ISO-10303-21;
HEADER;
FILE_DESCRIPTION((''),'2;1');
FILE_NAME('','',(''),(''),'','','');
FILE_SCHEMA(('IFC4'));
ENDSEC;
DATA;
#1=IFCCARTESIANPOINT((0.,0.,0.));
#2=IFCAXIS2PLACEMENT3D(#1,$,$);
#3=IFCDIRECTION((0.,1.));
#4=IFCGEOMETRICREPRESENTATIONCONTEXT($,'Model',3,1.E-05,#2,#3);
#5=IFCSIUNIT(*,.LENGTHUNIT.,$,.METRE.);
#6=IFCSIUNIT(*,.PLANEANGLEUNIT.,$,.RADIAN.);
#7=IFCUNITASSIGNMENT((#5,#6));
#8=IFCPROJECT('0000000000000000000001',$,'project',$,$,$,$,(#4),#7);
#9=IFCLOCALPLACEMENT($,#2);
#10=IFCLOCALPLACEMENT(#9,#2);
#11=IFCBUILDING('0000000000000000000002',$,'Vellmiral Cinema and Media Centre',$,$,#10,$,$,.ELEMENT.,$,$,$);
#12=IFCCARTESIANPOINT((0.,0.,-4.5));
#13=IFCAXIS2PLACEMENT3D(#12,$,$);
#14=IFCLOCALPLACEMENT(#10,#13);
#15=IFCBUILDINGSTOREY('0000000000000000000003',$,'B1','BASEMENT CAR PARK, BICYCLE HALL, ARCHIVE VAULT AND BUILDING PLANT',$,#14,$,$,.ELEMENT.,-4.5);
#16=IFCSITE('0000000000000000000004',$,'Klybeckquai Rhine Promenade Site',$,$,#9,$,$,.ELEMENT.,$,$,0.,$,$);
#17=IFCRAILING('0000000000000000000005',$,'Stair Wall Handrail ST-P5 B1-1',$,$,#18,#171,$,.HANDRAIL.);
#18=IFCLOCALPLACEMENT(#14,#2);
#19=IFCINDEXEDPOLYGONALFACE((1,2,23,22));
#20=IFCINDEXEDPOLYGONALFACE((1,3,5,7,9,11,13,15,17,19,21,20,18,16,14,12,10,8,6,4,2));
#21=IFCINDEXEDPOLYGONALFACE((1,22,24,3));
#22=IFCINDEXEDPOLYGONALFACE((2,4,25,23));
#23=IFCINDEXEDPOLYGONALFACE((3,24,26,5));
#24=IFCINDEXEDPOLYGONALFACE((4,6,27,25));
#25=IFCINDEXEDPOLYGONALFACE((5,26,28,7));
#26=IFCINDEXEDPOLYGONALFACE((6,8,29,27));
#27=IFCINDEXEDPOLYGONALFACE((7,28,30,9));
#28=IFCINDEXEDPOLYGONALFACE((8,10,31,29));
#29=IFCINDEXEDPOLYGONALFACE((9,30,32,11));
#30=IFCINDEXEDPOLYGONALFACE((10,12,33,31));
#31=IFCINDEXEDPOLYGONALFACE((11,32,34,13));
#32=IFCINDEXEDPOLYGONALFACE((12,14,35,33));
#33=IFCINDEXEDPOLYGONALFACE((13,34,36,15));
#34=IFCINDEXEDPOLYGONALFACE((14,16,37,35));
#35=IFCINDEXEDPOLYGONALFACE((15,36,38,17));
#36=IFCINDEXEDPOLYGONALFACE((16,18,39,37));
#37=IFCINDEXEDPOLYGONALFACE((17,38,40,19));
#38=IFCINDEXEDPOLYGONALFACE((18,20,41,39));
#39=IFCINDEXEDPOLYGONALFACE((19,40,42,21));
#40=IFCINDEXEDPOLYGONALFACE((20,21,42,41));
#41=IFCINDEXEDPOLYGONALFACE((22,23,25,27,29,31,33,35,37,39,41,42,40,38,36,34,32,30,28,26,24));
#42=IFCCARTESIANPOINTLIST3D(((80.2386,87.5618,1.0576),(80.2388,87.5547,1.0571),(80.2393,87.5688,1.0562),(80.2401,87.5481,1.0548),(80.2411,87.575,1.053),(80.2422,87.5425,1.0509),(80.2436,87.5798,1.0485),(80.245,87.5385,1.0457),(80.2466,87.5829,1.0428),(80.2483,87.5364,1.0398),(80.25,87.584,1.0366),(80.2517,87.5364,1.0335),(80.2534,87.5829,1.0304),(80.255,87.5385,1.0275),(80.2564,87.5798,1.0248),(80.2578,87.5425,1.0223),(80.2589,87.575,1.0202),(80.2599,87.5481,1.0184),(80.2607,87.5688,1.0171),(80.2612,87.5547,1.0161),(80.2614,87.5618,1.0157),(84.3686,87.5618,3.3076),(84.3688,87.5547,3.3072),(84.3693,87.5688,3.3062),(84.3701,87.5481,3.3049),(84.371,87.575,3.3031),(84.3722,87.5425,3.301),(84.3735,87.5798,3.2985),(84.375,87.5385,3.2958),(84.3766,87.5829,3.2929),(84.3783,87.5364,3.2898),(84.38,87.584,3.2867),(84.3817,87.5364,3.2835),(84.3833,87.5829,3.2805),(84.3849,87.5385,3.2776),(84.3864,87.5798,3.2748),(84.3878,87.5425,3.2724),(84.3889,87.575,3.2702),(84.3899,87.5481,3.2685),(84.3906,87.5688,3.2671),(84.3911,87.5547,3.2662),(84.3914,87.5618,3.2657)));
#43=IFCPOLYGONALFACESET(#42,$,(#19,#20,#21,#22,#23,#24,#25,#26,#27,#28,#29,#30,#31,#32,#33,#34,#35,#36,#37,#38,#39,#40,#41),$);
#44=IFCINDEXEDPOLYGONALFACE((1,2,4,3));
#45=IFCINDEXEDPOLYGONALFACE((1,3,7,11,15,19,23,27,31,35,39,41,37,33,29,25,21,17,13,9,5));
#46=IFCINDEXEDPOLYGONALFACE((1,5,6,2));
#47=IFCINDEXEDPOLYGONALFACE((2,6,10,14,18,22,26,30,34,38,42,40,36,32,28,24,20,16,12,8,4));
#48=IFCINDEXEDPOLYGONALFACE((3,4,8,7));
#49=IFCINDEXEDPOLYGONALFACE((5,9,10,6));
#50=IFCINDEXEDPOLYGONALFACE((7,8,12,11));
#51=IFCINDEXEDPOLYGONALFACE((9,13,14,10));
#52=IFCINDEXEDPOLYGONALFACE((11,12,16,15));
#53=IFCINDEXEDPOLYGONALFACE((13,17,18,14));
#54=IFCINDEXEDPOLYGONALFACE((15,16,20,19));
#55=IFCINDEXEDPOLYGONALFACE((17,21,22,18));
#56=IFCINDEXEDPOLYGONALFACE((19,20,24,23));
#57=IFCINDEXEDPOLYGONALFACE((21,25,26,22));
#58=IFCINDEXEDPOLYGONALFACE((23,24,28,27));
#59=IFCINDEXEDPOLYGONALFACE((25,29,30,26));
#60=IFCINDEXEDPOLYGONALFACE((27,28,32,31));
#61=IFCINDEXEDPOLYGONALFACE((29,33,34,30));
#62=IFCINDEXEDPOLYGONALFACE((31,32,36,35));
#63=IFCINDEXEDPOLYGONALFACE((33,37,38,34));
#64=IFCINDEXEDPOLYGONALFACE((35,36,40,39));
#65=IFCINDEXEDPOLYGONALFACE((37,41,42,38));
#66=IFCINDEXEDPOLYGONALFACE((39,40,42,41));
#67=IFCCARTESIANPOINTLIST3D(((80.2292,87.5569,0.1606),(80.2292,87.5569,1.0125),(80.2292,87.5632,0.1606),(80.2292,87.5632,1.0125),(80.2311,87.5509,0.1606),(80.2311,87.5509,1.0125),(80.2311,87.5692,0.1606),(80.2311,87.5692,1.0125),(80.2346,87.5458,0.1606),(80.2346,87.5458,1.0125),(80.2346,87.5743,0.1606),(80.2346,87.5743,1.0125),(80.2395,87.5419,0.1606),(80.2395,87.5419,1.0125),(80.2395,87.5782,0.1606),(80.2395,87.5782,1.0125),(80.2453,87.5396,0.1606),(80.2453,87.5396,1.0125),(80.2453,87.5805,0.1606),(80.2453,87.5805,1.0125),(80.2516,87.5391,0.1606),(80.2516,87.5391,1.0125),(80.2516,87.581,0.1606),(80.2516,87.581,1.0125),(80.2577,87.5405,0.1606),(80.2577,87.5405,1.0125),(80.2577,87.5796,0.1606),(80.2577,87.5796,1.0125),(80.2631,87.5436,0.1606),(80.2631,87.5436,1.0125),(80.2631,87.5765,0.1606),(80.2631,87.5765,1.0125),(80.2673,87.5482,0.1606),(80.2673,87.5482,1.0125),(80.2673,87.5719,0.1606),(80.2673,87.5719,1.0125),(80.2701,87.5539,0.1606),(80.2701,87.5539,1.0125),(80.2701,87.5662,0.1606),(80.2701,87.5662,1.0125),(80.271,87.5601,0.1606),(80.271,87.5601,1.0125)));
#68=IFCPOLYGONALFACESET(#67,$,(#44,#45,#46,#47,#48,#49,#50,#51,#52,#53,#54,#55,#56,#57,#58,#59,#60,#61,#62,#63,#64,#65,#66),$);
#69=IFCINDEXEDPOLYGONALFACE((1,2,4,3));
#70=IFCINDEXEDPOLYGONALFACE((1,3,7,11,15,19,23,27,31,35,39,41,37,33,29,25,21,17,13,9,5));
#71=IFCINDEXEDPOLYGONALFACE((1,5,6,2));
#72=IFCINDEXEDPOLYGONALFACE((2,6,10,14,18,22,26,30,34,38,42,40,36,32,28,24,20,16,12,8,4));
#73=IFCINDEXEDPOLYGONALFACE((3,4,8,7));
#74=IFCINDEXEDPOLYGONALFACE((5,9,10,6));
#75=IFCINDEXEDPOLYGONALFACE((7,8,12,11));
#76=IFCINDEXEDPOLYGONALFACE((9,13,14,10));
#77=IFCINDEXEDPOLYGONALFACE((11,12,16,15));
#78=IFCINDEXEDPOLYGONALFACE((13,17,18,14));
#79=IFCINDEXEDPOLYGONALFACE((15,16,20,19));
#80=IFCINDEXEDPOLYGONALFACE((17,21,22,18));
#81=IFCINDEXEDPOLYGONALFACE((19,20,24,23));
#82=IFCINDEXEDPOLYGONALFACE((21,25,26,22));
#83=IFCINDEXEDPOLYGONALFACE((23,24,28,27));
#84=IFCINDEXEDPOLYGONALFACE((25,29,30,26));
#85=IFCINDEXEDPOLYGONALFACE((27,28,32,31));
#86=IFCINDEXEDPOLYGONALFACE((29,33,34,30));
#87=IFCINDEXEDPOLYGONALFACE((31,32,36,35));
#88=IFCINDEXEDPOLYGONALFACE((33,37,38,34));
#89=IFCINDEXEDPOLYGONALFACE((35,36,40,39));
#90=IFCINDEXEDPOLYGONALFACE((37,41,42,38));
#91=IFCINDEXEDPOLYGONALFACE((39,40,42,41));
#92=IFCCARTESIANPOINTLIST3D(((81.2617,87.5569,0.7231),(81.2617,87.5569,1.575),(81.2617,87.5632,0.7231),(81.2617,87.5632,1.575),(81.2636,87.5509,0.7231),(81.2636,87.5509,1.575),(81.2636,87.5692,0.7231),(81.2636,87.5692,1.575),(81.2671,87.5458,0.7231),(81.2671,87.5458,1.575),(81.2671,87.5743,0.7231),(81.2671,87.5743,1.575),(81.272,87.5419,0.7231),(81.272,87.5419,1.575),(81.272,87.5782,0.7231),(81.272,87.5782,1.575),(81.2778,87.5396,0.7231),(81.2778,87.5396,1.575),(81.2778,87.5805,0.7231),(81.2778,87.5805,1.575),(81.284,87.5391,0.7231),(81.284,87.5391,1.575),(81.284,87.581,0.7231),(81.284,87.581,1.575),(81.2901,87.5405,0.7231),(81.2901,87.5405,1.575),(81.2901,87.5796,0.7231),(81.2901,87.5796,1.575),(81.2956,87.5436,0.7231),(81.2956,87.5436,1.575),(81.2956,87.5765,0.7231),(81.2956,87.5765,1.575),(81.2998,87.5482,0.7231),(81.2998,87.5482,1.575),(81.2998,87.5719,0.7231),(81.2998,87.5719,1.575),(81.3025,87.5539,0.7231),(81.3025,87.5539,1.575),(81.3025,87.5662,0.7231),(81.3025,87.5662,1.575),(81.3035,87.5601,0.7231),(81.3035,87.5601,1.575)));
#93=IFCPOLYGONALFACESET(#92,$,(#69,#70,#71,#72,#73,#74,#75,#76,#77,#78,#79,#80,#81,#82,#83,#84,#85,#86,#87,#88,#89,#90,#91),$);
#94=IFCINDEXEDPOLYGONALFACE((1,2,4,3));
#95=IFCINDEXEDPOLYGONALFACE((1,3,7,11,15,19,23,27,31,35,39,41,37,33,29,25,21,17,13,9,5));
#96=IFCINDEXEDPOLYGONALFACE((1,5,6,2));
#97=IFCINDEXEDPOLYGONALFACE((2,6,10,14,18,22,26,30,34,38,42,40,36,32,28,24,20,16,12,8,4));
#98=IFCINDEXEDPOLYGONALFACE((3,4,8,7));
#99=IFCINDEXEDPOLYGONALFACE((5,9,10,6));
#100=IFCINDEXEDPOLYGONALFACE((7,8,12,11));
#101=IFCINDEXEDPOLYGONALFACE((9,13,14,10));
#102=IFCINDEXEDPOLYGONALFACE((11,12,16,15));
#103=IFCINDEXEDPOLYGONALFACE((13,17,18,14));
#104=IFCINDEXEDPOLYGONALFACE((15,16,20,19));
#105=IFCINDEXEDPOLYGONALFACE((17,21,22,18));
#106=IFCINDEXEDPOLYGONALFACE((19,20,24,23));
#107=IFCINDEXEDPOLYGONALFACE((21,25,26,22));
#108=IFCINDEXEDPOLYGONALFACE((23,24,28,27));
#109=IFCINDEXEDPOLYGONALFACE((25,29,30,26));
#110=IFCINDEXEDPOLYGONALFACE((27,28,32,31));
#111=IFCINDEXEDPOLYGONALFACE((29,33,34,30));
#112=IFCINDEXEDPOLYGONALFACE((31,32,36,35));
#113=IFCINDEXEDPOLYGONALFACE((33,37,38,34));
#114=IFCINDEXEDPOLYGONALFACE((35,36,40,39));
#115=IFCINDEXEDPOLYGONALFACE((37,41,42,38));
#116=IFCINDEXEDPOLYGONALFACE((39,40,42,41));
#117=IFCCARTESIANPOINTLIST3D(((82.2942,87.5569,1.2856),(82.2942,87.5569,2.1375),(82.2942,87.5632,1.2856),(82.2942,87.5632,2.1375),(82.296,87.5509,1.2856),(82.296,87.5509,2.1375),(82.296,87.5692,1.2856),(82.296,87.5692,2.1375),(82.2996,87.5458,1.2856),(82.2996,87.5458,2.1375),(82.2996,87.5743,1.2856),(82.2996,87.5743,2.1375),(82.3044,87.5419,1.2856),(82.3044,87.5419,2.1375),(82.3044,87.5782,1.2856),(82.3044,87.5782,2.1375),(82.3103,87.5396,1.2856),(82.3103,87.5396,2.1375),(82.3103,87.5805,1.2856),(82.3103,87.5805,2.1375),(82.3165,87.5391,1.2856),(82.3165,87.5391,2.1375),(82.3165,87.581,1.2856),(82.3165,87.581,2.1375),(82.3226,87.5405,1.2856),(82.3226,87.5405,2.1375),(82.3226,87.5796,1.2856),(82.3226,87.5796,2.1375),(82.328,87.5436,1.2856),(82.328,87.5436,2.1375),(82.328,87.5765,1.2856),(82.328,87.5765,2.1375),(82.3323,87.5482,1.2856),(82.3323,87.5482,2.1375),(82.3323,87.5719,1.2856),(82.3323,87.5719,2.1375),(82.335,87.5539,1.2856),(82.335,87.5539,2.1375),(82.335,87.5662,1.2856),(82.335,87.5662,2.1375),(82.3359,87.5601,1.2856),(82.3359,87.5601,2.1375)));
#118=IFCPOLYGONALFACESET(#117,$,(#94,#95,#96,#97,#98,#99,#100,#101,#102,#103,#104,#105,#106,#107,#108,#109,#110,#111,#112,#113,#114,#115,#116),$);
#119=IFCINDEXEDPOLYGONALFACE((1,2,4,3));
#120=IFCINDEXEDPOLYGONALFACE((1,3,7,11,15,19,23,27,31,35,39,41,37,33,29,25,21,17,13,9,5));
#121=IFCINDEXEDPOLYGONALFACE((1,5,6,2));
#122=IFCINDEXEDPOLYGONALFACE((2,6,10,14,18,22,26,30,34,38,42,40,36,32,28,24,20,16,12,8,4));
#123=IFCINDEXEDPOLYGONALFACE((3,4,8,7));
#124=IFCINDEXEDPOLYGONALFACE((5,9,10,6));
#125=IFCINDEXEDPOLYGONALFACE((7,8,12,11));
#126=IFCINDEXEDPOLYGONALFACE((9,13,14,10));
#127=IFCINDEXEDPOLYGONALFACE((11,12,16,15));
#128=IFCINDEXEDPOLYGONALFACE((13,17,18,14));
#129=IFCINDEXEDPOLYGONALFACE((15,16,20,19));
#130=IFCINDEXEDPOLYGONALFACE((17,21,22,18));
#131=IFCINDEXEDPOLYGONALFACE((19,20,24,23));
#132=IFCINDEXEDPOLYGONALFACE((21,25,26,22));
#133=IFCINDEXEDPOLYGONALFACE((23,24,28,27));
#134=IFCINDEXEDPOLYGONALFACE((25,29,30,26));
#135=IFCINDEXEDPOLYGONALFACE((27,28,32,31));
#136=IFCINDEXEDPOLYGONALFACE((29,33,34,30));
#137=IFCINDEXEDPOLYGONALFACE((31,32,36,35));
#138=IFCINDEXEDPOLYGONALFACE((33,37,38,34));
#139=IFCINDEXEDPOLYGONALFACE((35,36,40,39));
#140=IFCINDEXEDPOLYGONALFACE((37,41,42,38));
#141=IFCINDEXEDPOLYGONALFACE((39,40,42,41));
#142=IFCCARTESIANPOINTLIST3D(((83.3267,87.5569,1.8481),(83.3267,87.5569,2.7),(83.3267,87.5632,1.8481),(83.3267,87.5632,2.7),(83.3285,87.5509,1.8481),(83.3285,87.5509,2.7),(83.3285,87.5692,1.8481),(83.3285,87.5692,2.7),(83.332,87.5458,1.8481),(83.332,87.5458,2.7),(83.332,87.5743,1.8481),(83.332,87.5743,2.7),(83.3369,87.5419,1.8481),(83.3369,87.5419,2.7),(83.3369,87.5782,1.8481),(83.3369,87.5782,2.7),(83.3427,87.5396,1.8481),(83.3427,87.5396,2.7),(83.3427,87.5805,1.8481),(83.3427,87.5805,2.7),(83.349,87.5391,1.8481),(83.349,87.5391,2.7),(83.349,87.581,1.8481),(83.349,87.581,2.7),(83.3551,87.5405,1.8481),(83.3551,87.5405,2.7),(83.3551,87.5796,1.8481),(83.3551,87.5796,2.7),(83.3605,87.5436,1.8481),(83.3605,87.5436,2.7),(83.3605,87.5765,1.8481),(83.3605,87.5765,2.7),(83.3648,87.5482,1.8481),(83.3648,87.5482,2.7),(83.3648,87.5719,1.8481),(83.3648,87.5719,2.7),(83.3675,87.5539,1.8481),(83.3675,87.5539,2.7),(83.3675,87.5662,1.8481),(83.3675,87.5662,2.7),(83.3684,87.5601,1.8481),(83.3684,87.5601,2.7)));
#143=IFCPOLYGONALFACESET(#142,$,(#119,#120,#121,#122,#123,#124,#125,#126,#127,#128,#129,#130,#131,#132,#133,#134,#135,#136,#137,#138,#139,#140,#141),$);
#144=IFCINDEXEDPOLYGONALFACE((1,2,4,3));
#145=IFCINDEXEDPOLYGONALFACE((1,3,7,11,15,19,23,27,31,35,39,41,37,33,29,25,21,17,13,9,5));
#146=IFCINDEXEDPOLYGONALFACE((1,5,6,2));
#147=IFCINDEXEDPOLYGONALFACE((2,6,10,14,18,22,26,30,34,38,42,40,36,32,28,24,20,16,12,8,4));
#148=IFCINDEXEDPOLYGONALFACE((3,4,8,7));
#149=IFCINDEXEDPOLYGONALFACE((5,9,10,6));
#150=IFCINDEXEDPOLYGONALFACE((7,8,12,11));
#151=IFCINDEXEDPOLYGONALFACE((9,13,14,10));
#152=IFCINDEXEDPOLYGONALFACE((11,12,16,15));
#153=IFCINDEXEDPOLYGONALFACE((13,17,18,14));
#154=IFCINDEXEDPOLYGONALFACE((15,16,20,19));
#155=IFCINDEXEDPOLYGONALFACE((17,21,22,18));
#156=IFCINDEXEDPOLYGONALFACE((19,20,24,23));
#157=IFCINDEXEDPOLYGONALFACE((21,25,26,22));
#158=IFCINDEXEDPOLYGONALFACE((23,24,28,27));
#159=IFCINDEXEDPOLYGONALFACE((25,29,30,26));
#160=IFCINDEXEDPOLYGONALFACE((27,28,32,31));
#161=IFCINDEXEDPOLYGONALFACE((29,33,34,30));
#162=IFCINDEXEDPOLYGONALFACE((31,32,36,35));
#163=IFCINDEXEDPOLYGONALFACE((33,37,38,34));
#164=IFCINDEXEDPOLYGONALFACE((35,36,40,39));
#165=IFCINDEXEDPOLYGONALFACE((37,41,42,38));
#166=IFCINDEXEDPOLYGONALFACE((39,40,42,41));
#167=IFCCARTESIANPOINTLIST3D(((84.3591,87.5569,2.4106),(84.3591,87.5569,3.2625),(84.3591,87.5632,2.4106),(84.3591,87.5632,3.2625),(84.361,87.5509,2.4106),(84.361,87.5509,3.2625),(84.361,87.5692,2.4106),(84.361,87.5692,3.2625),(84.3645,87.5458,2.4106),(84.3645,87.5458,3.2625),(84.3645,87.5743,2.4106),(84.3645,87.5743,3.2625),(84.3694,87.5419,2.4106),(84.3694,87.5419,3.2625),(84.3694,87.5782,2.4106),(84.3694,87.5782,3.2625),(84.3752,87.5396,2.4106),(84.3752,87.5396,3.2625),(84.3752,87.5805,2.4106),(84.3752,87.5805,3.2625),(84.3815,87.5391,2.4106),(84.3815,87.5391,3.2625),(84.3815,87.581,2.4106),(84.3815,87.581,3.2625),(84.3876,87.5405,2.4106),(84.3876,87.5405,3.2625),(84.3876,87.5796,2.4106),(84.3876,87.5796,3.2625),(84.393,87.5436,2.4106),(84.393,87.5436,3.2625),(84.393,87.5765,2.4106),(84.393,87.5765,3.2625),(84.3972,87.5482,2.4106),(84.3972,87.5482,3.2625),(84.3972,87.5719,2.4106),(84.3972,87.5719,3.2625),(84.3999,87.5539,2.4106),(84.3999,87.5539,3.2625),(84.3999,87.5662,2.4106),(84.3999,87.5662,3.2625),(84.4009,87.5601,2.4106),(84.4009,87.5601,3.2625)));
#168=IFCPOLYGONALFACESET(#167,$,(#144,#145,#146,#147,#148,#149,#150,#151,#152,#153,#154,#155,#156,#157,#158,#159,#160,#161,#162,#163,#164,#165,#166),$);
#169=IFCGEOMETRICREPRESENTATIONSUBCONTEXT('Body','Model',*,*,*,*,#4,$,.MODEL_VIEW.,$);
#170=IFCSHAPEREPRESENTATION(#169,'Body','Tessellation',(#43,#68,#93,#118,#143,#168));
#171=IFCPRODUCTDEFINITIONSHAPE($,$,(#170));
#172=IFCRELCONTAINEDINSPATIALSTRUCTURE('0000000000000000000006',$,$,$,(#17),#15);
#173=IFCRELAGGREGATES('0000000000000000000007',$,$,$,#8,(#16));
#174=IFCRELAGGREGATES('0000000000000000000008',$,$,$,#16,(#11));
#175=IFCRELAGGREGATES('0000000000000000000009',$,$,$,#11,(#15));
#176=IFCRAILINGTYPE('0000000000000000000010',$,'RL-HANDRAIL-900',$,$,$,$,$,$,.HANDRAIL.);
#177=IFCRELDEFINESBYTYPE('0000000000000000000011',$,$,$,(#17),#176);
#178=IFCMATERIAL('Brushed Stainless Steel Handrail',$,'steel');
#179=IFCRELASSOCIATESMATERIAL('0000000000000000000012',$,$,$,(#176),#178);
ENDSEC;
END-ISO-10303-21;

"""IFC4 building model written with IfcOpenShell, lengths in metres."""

from ifc_helpers import new_model, si_unit, direction, frame, origin, origin_2d, place, context, subcontext, project, spatial, circle, extrude, material, type_object, element, save


model = new_model("IFC4")

# Units and contexts
model_context = context("Model", 3, precision=1e-05, world=origin(), true_north=direction((0.0, 1.0)))
body_context = subcontext(model_context, "Body", "Model", "MODEL_VIEW")
ifc_project = project(units=[si_unit("LENGTHUNIT", "METRE"), si_unit("PLANEANGLEUNIT", "RADIAN")], contexts=[model_context])

# Site, building, storey
site_placement = place(None, origin())
site = spatial("IfcSite", under=ifc_project, at=site_placement, Name="Klybeckquai Rhine Promenade Site", CompositionType="ELEMENT", RefElevation=0.0)
building_placement = place(site_placement, origin())
building = spatial("IfcBuilding", under=site, at=building_placement, Name="Vellmiral Cinema and Media Centre", CompositionType="ELEMENT")
storey_placement = place(building_placement, frame((0.0, 0.0, -4.5)))
storey = spatial("IfcBuildingStorey", under=building, at=storey_placement, Name="B1", Description="BASEMENT CAR PARK, BICYCLE HALL, ARCHIVE VAULT AND BUILDING PLANT", CompositionType="ELEMENT", Elevation=-4.5)

# Railing
ifc_material_1 = material(Name="Brushed Stainless Steel Handrail", Category="steel")
railing_type_1 = type_object("IfcRailingType", Name="RL-HANDRAIL-900", PredefinedType="HANDRAIL", material=ifc_material_1)
railing_1_placement = place(storey_placement, frame((80.25, 87.5601, 0.1606)))
element("IfcRailing", 1, at=railing_1_placement, inside=storey, type_object=railing_type_1, Name="Stair Wall Handrail ST-P5 B1-1", PredefinedType="HANDRAIL", context=body_context, shape_type="SweptSolid", body=[
    extrude(circle(Radius=0.0239, at=origin_2d()), frame((0.0, 0.0, 0.876), z_axis=(0.878134, 0.0, 0.478416), x_axis=(0.0, 1.0, 0.0)), (0.0, 0.0, 1.0), 4.7031),
    extrude(circle(Radius=0.021, at=origin_2d()), origin(), (0.0, 0.0, 1.0), 0.8518),
    extrude(circle(Radius=0.021, at=origin_2d()), frame((1.0325, 0.0, 0.5625)), (0.0, 0.0, 1.0), 0.8518),
    extrude(circle(Radius=0.021, at=origin_2d()), frame((2.0649, 0.0, 1.125)), (0.0, 0.0, 1.0), 0.8518),
    extrude(circle(Radius=0.021, at=origin_2d()), frame((3.0974, 0.0, 1.6875)), (0.0, 0.0, 1.0), 0.8518),
    extrude(circle(Radius=0.021, at=origin_2d()), frame((4.1299, 0.0, 2.25)), (0.0, 0.0, 1.0), 0.8518),
])

save(model, "model.ifc")
